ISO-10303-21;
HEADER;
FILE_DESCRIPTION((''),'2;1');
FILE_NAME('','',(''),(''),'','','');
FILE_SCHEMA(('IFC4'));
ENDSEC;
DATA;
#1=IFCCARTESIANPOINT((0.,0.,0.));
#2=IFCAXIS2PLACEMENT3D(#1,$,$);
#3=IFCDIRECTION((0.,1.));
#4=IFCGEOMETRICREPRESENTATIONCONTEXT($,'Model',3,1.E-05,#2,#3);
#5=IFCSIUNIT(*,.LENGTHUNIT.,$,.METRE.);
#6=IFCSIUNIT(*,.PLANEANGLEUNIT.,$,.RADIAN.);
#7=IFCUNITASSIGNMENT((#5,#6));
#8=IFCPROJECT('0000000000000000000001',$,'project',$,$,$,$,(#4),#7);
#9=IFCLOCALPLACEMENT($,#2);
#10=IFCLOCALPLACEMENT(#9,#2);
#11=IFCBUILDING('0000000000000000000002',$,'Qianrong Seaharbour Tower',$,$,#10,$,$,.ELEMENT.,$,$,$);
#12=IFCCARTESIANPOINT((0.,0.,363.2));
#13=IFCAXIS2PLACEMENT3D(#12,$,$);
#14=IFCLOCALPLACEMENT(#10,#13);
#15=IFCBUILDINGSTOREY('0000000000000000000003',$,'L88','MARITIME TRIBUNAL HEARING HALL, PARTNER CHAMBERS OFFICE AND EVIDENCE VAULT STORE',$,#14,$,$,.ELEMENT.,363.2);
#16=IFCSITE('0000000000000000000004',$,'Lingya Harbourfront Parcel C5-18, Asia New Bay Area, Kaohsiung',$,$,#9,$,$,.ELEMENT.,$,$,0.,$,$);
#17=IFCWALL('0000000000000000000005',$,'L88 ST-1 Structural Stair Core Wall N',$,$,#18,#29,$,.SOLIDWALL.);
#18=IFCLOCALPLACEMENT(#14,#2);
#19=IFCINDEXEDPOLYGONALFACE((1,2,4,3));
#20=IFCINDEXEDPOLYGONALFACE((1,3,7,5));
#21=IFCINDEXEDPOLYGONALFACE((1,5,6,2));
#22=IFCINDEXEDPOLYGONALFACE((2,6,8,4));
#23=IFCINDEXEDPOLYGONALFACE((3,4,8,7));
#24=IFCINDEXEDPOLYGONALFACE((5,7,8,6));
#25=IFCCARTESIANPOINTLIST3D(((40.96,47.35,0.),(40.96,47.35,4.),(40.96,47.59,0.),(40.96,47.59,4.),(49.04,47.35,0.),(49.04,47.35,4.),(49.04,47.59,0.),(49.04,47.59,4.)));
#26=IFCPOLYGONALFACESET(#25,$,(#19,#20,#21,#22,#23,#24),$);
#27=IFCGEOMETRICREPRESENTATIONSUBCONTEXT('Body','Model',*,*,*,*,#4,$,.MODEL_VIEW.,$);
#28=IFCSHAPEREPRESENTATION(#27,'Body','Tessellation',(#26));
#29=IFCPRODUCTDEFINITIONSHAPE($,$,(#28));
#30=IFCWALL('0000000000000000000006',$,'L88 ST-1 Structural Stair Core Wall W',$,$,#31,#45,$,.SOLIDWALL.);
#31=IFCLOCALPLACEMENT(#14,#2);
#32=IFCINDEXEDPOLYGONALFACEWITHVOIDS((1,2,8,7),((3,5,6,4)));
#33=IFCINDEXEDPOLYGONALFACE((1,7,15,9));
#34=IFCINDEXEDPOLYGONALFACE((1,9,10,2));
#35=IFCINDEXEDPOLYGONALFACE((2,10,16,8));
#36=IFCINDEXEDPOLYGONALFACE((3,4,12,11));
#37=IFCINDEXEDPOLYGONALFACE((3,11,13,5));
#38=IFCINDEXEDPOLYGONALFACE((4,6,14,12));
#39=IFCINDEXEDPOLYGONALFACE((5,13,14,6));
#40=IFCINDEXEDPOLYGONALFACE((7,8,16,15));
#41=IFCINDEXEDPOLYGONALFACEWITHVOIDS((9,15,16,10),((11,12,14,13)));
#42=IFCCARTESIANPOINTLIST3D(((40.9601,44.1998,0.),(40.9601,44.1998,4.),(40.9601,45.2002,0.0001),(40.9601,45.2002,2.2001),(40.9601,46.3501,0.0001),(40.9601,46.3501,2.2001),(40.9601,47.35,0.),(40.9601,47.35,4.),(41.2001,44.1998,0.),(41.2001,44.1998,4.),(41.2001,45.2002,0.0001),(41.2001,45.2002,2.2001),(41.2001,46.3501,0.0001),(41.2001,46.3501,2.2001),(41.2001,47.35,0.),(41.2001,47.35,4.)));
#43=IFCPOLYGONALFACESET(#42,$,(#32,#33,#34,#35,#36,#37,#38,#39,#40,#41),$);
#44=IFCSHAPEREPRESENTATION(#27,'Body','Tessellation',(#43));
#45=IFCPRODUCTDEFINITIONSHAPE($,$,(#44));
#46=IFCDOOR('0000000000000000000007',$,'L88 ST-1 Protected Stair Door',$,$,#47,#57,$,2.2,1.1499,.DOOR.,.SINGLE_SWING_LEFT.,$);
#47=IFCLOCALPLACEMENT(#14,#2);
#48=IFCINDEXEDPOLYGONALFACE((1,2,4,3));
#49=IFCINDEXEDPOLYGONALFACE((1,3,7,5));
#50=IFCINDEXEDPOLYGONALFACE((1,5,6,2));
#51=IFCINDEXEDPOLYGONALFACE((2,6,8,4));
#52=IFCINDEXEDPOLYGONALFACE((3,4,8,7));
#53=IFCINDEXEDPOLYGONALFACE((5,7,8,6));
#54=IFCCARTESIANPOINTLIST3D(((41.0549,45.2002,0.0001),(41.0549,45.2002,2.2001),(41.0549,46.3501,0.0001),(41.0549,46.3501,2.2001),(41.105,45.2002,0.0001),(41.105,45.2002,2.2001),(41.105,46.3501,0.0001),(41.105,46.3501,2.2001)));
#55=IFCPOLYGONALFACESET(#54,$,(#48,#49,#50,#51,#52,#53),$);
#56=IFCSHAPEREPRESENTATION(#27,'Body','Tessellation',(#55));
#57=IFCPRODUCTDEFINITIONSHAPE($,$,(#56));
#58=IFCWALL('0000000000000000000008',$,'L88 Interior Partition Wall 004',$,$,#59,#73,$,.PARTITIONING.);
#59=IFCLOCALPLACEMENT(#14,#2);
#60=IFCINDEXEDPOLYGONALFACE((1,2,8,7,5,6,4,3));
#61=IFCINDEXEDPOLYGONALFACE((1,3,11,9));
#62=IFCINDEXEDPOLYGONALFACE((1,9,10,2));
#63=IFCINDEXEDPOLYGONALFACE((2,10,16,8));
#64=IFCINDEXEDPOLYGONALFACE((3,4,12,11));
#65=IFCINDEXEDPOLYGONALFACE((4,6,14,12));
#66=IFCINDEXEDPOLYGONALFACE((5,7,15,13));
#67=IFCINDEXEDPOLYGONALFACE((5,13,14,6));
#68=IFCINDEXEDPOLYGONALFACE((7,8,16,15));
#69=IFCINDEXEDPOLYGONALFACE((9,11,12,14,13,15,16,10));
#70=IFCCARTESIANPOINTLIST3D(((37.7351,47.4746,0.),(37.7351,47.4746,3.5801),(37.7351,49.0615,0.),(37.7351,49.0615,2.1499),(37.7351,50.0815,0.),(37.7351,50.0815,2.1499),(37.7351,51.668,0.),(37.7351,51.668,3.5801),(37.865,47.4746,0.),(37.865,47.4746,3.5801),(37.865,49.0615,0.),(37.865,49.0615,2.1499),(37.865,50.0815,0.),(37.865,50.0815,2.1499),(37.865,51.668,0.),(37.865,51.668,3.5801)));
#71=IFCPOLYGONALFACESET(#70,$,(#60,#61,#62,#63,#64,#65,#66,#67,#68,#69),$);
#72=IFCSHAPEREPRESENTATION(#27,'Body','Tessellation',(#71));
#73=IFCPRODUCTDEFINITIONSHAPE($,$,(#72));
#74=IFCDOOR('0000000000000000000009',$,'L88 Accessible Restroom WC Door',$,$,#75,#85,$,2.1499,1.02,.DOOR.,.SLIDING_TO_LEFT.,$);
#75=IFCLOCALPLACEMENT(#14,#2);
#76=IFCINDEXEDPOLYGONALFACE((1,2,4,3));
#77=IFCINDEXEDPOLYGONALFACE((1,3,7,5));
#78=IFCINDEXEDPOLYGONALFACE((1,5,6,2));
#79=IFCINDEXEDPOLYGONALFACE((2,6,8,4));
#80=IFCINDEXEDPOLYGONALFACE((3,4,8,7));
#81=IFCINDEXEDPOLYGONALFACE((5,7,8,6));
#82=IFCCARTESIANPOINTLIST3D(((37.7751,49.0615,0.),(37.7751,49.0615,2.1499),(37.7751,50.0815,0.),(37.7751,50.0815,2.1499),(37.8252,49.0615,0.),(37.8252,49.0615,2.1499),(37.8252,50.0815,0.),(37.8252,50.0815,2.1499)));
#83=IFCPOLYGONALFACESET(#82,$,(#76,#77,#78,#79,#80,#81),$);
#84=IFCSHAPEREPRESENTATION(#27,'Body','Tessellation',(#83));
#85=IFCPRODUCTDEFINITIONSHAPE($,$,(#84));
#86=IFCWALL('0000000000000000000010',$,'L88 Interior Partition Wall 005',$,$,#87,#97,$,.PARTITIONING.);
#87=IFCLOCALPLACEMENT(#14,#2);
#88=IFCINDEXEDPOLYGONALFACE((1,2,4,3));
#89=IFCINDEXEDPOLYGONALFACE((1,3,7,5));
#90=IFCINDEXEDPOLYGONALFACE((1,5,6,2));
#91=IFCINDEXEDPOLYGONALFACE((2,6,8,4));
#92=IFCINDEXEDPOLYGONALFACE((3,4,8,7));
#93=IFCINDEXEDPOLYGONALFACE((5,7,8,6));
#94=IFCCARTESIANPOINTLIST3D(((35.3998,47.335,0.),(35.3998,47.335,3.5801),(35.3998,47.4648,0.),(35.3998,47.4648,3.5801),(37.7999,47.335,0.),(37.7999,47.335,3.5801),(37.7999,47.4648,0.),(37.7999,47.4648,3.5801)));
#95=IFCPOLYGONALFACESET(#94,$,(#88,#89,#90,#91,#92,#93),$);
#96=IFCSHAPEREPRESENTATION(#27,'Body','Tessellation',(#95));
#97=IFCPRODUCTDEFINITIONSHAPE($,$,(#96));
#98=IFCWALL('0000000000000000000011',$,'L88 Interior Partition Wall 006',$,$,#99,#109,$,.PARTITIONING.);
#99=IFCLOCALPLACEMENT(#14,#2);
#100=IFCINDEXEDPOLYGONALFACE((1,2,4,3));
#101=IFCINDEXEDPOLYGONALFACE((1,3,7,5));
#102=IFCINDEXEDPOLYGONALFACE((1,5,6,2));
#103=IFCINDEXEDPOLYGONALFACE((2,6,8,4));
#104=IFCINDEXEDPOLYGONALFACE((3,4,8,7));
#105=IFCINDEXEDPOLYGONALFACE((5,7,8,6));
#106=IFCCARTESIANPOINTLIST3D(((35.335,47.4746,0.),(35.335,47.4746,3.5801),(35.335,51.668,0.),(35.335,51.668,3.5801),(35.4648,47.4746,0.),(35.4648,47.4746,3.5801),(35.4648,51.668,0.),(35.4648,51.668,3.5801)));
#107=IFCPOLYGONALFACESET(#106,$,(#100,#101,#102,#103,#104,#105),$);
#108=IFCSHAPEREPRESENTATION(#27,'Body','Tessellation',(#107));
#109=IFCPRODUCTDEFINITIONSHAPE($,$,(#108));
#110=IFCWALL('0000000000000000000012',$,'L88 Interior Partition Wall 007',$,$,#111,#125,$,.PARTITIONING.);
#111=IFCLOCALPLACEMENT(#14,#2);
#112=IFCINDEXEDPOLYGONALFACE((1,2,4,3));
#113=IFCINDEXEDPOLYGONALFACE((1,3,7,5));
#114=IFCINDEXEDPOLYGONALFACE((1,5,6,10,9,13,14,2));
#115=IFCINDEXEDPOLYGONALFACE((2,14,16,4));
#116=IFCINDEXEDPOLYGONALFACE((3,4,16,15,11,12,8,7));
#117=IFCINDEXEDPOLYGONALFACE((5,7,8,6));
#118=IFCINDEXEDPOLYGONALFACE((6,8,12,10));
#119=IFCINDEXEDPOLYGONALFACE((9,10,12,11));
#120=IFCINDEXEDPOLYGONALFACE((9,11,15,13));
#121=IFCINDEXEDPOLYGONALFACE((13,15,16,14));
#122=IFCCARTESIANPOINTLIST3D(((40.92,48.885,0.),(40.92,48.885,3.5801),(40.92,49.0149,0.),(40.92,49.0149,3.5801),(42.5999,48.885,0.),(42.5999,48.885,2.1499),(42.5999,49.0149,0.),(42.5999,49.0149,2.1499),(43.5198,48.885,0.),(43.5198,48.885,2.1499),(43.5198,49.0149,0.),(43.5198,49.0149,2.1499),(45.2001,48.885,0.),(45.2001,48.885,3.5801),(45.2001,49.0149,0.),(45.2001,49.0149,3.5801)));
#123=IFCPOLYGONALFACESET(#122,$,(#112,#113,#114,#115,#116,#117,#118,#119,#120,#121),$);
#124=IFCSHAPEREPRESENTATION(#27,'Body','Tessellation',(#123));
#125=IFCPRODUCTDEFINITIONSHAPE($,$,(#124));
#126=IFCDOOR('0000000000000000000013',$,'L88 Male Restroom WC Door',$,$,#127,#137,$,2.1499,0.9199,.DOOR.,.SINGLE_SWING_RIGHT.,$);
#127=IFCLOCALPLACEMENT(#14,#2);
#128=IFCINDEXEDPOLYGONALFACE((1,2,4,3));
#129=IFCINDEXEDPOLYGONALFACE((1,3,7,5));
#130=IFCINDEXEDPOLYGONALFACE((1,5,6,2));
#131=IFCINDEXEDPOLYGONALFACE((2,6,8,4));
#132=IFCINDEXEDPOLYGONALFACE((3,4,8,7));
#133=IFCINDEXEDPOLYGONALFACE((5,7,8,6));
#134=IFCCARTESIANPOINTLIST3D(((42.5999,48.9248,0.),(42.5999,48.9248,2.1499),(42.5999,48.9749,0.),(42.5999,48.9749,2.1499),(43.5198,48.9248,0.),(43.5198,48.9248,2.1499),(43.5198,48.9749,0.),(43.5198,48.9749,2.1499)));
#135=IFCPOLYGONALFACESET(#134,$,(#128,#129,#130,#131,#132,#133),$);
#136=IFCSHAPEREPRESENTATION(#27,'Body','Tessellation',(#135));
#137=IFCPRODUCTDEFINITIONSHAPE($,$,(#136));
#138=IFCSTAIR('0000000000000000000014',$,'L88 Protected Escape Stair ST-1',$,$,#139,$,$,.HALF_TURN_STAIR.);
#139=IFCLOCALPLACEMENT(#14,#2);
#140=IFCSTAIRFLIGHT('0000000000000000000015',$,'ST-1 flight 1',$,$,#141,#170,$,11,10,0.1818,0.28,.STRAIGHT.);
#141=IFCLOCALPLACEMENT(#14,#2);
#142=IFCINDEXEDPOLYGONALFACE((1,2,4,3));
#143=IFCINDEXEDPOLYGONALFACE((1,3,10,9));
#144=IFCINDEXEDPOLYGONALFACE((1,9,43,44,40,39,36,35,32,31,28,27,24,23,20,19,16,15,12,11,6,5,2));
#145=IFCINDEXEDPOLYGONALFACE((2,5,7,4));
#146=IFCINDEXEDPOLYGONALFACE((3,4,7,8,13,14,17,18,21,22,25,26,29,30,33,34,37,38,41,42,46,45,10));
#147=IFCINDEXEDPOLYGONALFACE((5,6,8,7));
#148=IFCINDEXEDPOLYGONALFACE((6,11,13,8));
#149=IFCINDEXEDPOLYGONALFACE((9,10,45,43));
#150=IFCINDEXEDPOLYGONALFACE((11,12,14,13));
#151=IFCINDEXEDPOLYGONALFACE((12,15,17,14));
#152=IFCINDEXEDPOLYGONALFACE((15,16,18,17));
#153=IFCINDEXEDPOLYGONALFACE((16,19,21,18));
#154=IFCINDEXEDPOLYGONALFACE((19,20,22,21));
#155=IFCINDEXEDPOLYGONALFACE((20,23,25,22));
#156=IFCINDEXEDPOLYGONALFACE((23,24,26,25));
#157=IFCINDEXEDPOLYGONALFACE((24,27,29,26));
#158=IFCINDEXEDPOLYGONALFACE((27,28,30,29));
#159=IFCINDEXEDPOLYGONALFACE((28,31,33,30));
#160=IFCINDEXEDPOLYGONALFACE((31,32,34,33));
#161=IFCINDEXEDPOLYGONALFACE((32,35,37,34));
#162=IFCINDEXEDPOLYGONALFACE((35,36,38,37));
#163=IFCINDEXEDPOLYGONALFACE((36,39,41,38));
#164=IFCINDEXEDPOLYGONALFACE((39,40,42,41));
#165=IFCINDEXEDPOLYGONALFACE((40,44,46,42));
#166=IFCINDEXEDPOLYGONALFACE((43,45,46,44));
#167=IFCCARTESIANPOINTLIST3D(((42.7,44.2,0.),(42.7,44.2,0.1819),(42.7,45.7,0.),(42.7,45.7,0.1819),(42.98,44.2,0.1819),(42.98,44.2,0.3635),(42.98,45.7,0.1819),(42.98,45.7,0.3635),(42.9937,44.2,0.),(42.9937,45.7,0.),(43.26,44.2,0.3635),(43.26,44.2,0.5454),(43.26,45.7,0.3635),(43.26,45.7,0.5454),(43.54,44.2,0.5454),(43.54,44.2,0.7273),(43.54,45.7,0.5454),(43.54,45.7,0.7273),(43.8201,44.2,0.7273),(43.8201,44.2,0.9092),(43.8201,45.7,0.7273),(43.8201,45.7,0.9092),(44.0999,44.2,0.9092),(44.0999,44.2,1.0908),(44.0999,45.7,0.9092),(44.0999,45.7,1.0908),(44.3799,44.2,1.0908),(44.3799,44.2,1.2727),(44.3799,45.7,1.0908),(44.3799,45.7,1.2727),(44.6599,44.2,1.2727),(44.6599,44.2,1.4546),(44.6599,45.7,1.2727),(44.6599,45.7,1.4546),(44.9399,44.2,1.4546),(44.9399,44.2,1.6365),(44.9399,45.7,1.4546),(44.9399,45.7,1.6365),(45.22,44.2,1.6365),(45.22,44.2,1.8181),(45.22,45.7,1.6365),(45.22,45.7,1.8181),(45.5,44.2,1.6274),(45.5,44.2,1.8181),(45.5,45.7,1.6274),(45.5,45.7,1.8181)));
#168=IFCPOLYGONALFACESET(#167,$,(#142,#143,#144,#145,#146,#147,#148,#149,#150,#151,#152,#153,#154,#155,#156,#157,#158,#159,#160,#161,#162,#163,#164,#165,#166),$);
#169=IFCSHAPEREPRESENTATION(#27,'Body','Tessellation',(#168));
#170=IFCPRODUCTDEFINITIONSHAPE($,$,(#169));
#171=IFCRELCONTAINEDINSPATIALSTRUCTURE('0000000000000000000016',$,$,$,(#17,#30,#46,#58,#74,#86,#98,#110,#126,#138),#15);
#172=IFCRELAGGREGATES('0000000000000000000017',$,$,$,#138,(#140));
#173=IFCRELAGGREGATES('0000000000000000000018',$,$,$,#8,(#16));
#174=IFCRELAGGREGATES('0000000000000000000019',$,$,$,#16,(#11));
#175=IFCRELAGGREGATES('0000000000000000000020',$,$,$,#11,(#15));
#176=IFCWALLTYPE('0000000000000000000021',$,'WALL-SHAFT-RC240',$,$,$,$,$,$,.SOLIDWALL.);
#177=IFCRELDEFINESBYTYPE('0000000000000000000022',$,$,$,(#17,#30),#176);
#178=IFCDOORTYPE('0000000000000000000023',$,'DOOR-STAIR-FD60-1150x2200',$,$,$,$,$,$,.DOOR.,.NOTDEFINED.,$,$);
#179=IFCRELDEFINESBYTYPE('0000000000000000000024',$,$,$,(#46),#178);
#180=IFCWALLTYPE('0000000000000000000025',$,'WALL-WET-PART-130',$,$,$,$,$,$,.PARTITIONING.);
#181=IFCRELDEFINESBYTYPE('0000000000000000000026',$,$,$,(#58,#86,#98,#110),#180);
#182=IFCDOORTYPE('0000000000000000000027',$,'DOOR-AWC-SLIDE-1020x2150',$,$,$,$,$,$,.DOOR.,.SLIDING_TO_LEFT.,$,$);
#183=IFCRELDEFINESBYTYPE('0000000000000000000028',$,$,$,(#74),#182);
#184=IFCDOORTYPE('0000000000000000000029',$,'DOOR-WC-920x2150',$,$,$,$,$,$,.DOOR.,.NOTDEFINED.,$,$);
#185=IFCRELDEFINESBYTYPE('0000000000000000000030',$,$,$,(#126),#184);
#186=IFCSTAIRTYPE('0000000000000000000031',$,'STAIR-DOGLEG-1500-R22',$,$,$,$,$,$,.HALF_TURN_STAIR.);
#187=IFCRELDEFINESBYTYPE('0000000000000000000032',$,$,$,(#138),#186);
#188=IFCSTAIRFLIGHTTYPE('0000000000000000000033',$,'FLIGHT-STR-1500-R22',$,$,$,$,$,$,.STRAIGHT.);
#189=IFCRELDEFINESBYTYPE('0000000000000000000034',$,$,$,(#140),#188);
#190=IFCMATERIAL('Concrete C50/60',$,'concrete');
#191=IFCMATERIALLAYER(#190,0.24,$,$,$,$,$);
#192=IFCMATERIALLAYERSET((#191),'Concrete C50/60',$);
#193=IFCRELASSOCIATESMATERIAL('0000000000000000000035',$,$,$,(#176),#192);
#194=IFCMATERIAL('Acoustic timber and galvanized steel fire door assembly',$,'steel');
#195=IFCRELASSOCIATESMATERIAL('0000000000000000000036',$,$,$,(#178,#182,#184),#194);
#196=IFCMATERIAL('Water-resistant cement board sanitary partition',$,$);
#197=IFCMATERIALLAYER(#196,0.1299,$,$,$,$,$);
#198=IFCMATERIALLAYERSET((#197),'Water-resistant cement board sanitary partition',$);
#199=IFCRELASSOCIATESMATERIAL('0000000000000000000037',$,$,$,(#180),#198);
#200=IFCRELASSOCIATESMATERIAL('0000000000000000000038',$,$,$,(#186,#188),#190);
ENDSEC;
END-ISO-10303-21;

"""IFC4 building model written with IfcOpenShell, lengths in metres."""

from ifc_helpers import new_model, si_unit, direction, frame, frame_2d, origin, place, context, subcontext, project, spatial, polyline, rectangle, outline, extrude, material, layer, layer_set, type_object, element, fill, aggregate, save


model = new_model("IFC4")

# Units and contexts
model_context = context("Model", 3, precision=1e-05, world=origin(), true_north=direction((0.0, 1.0)))
body_context = subcontext(model_context, "Body", "Model", "MODEL_VIEW")
ifc_project = project(units=[si_unit("LENGTHUNIT", "METRE"), si_unit("PLANEANGLEUNIT", "RADIAN")], contexts=[model_context])

# Site, building, storey
site_placement = place(None, origin())
site = spatial("IfcSite", under=ifc_project, at=site_placement, Name="Lingya Harbourfront Parcel C5-18, Asia New Bay Area, Kaohsiung", CompositionType="ELEMENT", RefElevation=0.0)
building_placement = place(site_placement, origin())
building = spatial("IfcBuilding", under=site, at=building_placement, Name="Qianrong Seaharbour Tower", CompositionType="ELEMENT")
storey_placement = place(building_placement, frame((0.0, 0.0, 363.2)))
storey = spatial("IfcBuildingStorey", under=building, at=storey_placement, Name="L88", Description="MARITIME TRIBUNAL HEARING HALL, PARTNER CHAMBERS OFFICE AND EVIDENCE VAULT STORE", CompositionType="ELEMENT", Elevation=363.2)

# Shared definitions
ifc_material_1 = material(Name="Concrete C50/60", Category="concrete")

# Shared definitions
ifc_material_2 = material(Name="Acoustic timber and galvanized steel fire door assembly", Category="steel")

# Wall
ifc_layer_1 = layer(ifc_material_1, 0.24)
ifc_layer_set_1 = layer_set([ifc_layer_1], Name="Concrete C50/60")
wall_type_1 = type_object("IfcWallType", Name="WALL-SHAFT-RC240", PredefinedType="SOLIDWALL", material=ifc_layer_set_1)
wall_1_placement = place(storey_placement, frame((40.96, 47.47, 0.0), z_axis=(0.0, 0.0, 1.0), x_axis=(1.0, 0.0, 0.0)))
element("IfcWall", 1, at=wall_1_placement, inside=storey, type_object=wall_type_1, Name="L88 ST-1 Structural Stair Core Wall N", PredefinedType="SOLIDWALL", context=body_context, shape_type="SweptSolid", body=[
    extrude(rectangle(XDim=8.0801, YDim=0.24, at=frame_2d((4.04, 0.0))), origin(), (0.0, 0.0, 1.0), 4.0),
])

# Walls, openings, doors
wall_2_placement = place(storey_placement, frame((41.0801, 47.3501, 0.0), z_axis=(0.0, 0.0, 1.0), x_axis=(0.0, -1.0, 0.0)))
wall_2 = element("IfcWall", 2, at=wall_2_placement, inside=storey, type_object=wall_type_1, Name="L88 ST-1 Structural Stair Core Wall W", PredefinedType="SOLIDWALL", context=body_context, shape_type="SweptSolid", body=[
    extrude(rectangle(XDim=3.1501, YDim=0.24, at=frame_2d((1.5752, 0.0))), origin(), (0.0, 0.0, 1.0), 4.0),
])
opening_1_placement = place(wall_2_placement, frame((1.0, 0.0, 0.0)))
opening_1 = element("IfcOpeningElement", 3, at=opening_1_placement, cuts=wall_2, PredefinedType="OPENING", context=body_context, shape_type="SweptSolid", body=[
    extrude(rectangle(XDim=1.1499, YDim=2.2, at=frame_2d((0.575, 1.1001))), frame((0.0, 0.1299, 0.0), z_axis=(0.0, -1.0, 0.0), x_axis=(1.0, 0.0, 0.0)), (0.0, 0.0, 1.0), 0.26),
])
door_type_1 = type_object("IfcDoorType", Name="DOOR-STAIR-FD60-1150x2200", OperationType="NOTDEFINED", PredefinedType="DOOR", material=ifc_material_2)
door_1_placement = place(opening_1_placement, origin())
door_1 = element("IfcDoor", 4, at=door_1_placement, inside=storey, type_object=door_type_1, Name="L88 ST-1 Protected Stair Door", OperationType="SINGLE_SWING_LEFT", OverallHeight=2.2, OverallWidth=1.1499, PredefinedType="DOOR", context=body_context, shape_type="SweptSolid", body=[
    extrude(rectangle(XDim=1.1499, YDim=2.2, at=frame_2d((0.575, 1.1001))), frame((0.0, 0.0249, 0.0), z_axis=(0.0, -1.0, 0.0), x_axis=(1.0, 0.0, 0.0)), (0.0, 0.0, 1.0), 0.05),
])
fill(opening_1, door_1)
ifc_material_3 = material(Name="Water-resistant cement board sanitary partition")
ifc_layer_2 = layer(ifc_material_3, 0.1299)
ifc_layer_set_2 = layer_set([ifc_layer_2], Name="Water-resistant cement board sanitary partition")
wall_type_2 = type_object("IfcWallType", Name="WALL-WET-PART-130", PredefinedType="PARTITIONING", material=ifc_layer_set_2)
wall_3_placement = place(storey_placement, frame((37.8, 47.4746, 0.0), z_axis=(0.0, 0.0, 1.0), x_axis=(0.0, 1.0, 0.0)))
wall_3 = element("IfcWall", 5, at=wall_3_placement, inside=storey, type_object=wall_type_2, Name="L88 Interior Partition Wall 004", PredefinedType="PARTITIONING", context=body_context, shape_type="SweptSolid", body=[
    extrude(rectangle(XDim=4.1934, YDim=0.1299, at=frame_2d((2.0967, 0.0))), origin(), (0.0, 0.0, 1.0), 3.5801),
])
opening_2_placement = place(wall_3_placement, frame((1.5869, 0.0, 0.0)))
opening_2 = element("IfcOpeningElement", 6, at=opening_2_placement, cuts=wall_3, PredefinedType="OPENING", context=body_context, shape_type="SweptSolid", body=[
    extrude(rectangle(XDim=1.02, YDim=2.1499, at=frame_2d((0.51, 1.075))), frame((0.0, 0.075, 0.0), z_axis=(0.0, -1.0, 0.0), x_axis=(1.0, 0.0, 0.0)), (0.0, 0.0, 1.0), 0.1499),
])
door_type_2 = type_object("IfcDoorType", Name="DOOR-AWC-SLIDE-1020x2150", OperationType="SLIDING_TO_LEFT", PredefinedType="DOOR", material=ifc_material_2)
door_2_placement = place(opening_2_placement, origin())
door_2 = element("IfcDoor", 7, at=door_2_placement, inside=storey, type_object=door_type_2, Name="L88 Accessible Restroom WC Door", OperationType="SLIDING_TO_LEFT", OverallHeight=2.1499, OverallWidth=1.02, PredefinedType="DOOR", context=body_context, shape_type="SweptSolid", body=[
    extrude(rectangle(XDim=1.02, YDim=2.1499, at=frame_2d((0.51, 1.075))), frame((0.0, 0.0249, 0.0), z_axis=(0.0, -1.0, 0.0), x_axis=(1.0, 0.0, 0.0)), (0.0, 0.0, 1.0), 0.05),
])
fill(opening_2, door_2)

# Walls
wall_4_placement = place(storey_placement, frame((37.8, 47.3999, 0.0), z_axis=(0.0, 0.0, 1.0), x_axis=(-1.0, 0.0, 0.0)))
element("IfcWall", 8, at=wall_4_placement, inside=storey, type_object=wall_type_2, Name="L88 Interior Partition Wall 005", PredefinedType="PARTITIONING", context=body_context, shape_type="SweptSolid", body=[
    extrude(rectangle(XDim=2.4001, YDim=0.1299, at=frame_2d((1.2002, 0.0))), origin(), (0.0, 0.0, 1.0), 3.5801),
])
wall_5_placement = place(storey_placement, frame((35.3999, 47.4746, 0.0), z_axis=(0.0, 0.0, 1.0), x_axis=(0.0, 1.0, 0.0)))
element("IfcWall", 9, at=wall_5_placement, inside=storey, type_object=wall_type_2, Name="L88 Interior Partition Wall 006", PredefinedType="PARTITIONING", context=body_context, shape_type="SweptSolid", body=[
    extrude(rectangle(XDim=4.1934, YDim=0.1299, at=frame_2d((2.0967, 0.0))), origin(), (0.0, 0.0, 1.0), 3.5801),
])

# Wall, opening, door
wall_6_placement = place(storey_placement, frame((40.9199, 48.95, 0.0), z_axis=(0.0, 0.0, 1.0), x_axis=(1.0, 0.0, 0.0)))
wall_6 = element("IfcWall", 10, at=wall_6_placement, inside=storey, type_object=wall_type_2, Name="L88 Interior Partition Wall 007", PredefinedType="PARTITIONING", context=body_context, shape_type="SweptSolid", body=[
    extrude(rectangle(XDim=4.28, YDim=0.1299, at=frame_2d((2.1401, 0.0))), origin(), (0.0, 0.0, 1.0), 3.5801),
])
opening_3_placement = place(wall_6_placement, frame((1.6799, 0.0, 0.0)))
opening_3 = element("IfcOpeningElement", 11, at=opening_3_placement, cuts=wall_6, PredefinedType="OPENING", context=body_context, shape_type="SweptSolid", body=[
    extrude(rectangle(XDim=0.9199, YDim=2.1499, at=frame_2d((0.46, 1.075))), frame((0.0, 0.075, 0.0), z_axis=(0.0, -1.0, 0.0), x_axis=(1.0, 0.0, 0.0)), (0.0, 0.0, 1.0), 0.1499),
])
door_type_3 = type_object("IfcDoorType", Name="DOOR-WC-920x2150", OperationType="NOTDEFINED", PredefinedType="DOOR", material=ifc_material_2)
door_3_placement = place(opening_3_placement, origin())
door_3 = element("IfcDoor", 12, at=door_3_placement, inside=storey, type_object=door_type_3, Name="L88 Male Restroom WC Door", OperationType="SINGLE_SWING_RIGHT", OverallHeight=2.1499, OverallWidth=0.9199, PredefinedType="DOOR", context=body_context, shape_type="SweptSolid", body=[
    extrude(rectangle(XDim=0.9199, YDim=2.1499, at=frame_2d((0.46, 1.075))), frame((0.0, 0.0249, 0.0), z_axis=(0.0, -1.0, 0.0), x_axis=(1.0, 0.0, 0.0)), (0.0, 0.0, 1.0), 0.05),
])
fill(opening_3, door_3)

# Stair, stair flight
stair_type = type_object("IfcStairType", Name="STAIR-DOGLEG-1500-R22", PredefinedType="HALF_TURN_STAIR", material=ifc_material_1)
stair_placement = place(storey_placement, origin())
stair = element("IfcStair", 13, at=stair_placement, inside=storey, type_object=stair_type, Name="L88 Protected Escape Stair ST-1", PredefinedType="HALF_TURN_STAIR")
stair_flight_type = type_object("IfcStairFlightType", Name="FLIGHT-STR-1500-R22", PredefinedType="STRAIGHT", material=ifc_material_1)
stair_flight_placement = place(storey_placement, frame((42.7, 44.95, 0.0), z_axis=(0.0, 0.0, 1.0), x_axis=(1.0, 0.0, 0.0)))
stair_flight = element("IfcStairFlight", 14, at=stair_flight_placement, type_object=stair_flight_type, Name="ST-1 flight 1", NumberOfRisers=11, NumberOfTreads=10, PredefinedType="STRAIGHT", RiserHeight=0.1818, TreadLength=0.28, context=body_context, shape_type="SweptSolid", body=[
    extrude(outline(polyline([(0.0, 0.0), (0.0, 0.1819), (0.28, 0.1819), (0.28, 0.3635), (0.5601, 0.3635), (0.5601, 0.5454), (0.8401, 0.5454), (0.8401, 0.7273), (1.1201, 0.7273), (1.1201, 0.9092), (1.3999, 0.9092), (1.3999, 1.0908), (1.6799, 1.0908), (1.6799, 1.2727), (1.96, 1.2727), (1.96, 1.4546), (2.24, 1.4546), (2.24, 1.6365), (2.52, 1.6365), (2.52, 1.8181), (2.8, 1.8181), (2.8, 2.0), (2.8, 1.6274), (0.2937, 0.0), (0.0, 0.0)])), frame((0.0, 0.75, 0.0), z_axis=(0.0, -1.0, 0.0), x_axis=(1.0, 0.0, 0.0)), (0.0, 0.0, 1.0), 1.5),
])
aggregate(stair, [stair_flight])

save(model, "model.ifc")
